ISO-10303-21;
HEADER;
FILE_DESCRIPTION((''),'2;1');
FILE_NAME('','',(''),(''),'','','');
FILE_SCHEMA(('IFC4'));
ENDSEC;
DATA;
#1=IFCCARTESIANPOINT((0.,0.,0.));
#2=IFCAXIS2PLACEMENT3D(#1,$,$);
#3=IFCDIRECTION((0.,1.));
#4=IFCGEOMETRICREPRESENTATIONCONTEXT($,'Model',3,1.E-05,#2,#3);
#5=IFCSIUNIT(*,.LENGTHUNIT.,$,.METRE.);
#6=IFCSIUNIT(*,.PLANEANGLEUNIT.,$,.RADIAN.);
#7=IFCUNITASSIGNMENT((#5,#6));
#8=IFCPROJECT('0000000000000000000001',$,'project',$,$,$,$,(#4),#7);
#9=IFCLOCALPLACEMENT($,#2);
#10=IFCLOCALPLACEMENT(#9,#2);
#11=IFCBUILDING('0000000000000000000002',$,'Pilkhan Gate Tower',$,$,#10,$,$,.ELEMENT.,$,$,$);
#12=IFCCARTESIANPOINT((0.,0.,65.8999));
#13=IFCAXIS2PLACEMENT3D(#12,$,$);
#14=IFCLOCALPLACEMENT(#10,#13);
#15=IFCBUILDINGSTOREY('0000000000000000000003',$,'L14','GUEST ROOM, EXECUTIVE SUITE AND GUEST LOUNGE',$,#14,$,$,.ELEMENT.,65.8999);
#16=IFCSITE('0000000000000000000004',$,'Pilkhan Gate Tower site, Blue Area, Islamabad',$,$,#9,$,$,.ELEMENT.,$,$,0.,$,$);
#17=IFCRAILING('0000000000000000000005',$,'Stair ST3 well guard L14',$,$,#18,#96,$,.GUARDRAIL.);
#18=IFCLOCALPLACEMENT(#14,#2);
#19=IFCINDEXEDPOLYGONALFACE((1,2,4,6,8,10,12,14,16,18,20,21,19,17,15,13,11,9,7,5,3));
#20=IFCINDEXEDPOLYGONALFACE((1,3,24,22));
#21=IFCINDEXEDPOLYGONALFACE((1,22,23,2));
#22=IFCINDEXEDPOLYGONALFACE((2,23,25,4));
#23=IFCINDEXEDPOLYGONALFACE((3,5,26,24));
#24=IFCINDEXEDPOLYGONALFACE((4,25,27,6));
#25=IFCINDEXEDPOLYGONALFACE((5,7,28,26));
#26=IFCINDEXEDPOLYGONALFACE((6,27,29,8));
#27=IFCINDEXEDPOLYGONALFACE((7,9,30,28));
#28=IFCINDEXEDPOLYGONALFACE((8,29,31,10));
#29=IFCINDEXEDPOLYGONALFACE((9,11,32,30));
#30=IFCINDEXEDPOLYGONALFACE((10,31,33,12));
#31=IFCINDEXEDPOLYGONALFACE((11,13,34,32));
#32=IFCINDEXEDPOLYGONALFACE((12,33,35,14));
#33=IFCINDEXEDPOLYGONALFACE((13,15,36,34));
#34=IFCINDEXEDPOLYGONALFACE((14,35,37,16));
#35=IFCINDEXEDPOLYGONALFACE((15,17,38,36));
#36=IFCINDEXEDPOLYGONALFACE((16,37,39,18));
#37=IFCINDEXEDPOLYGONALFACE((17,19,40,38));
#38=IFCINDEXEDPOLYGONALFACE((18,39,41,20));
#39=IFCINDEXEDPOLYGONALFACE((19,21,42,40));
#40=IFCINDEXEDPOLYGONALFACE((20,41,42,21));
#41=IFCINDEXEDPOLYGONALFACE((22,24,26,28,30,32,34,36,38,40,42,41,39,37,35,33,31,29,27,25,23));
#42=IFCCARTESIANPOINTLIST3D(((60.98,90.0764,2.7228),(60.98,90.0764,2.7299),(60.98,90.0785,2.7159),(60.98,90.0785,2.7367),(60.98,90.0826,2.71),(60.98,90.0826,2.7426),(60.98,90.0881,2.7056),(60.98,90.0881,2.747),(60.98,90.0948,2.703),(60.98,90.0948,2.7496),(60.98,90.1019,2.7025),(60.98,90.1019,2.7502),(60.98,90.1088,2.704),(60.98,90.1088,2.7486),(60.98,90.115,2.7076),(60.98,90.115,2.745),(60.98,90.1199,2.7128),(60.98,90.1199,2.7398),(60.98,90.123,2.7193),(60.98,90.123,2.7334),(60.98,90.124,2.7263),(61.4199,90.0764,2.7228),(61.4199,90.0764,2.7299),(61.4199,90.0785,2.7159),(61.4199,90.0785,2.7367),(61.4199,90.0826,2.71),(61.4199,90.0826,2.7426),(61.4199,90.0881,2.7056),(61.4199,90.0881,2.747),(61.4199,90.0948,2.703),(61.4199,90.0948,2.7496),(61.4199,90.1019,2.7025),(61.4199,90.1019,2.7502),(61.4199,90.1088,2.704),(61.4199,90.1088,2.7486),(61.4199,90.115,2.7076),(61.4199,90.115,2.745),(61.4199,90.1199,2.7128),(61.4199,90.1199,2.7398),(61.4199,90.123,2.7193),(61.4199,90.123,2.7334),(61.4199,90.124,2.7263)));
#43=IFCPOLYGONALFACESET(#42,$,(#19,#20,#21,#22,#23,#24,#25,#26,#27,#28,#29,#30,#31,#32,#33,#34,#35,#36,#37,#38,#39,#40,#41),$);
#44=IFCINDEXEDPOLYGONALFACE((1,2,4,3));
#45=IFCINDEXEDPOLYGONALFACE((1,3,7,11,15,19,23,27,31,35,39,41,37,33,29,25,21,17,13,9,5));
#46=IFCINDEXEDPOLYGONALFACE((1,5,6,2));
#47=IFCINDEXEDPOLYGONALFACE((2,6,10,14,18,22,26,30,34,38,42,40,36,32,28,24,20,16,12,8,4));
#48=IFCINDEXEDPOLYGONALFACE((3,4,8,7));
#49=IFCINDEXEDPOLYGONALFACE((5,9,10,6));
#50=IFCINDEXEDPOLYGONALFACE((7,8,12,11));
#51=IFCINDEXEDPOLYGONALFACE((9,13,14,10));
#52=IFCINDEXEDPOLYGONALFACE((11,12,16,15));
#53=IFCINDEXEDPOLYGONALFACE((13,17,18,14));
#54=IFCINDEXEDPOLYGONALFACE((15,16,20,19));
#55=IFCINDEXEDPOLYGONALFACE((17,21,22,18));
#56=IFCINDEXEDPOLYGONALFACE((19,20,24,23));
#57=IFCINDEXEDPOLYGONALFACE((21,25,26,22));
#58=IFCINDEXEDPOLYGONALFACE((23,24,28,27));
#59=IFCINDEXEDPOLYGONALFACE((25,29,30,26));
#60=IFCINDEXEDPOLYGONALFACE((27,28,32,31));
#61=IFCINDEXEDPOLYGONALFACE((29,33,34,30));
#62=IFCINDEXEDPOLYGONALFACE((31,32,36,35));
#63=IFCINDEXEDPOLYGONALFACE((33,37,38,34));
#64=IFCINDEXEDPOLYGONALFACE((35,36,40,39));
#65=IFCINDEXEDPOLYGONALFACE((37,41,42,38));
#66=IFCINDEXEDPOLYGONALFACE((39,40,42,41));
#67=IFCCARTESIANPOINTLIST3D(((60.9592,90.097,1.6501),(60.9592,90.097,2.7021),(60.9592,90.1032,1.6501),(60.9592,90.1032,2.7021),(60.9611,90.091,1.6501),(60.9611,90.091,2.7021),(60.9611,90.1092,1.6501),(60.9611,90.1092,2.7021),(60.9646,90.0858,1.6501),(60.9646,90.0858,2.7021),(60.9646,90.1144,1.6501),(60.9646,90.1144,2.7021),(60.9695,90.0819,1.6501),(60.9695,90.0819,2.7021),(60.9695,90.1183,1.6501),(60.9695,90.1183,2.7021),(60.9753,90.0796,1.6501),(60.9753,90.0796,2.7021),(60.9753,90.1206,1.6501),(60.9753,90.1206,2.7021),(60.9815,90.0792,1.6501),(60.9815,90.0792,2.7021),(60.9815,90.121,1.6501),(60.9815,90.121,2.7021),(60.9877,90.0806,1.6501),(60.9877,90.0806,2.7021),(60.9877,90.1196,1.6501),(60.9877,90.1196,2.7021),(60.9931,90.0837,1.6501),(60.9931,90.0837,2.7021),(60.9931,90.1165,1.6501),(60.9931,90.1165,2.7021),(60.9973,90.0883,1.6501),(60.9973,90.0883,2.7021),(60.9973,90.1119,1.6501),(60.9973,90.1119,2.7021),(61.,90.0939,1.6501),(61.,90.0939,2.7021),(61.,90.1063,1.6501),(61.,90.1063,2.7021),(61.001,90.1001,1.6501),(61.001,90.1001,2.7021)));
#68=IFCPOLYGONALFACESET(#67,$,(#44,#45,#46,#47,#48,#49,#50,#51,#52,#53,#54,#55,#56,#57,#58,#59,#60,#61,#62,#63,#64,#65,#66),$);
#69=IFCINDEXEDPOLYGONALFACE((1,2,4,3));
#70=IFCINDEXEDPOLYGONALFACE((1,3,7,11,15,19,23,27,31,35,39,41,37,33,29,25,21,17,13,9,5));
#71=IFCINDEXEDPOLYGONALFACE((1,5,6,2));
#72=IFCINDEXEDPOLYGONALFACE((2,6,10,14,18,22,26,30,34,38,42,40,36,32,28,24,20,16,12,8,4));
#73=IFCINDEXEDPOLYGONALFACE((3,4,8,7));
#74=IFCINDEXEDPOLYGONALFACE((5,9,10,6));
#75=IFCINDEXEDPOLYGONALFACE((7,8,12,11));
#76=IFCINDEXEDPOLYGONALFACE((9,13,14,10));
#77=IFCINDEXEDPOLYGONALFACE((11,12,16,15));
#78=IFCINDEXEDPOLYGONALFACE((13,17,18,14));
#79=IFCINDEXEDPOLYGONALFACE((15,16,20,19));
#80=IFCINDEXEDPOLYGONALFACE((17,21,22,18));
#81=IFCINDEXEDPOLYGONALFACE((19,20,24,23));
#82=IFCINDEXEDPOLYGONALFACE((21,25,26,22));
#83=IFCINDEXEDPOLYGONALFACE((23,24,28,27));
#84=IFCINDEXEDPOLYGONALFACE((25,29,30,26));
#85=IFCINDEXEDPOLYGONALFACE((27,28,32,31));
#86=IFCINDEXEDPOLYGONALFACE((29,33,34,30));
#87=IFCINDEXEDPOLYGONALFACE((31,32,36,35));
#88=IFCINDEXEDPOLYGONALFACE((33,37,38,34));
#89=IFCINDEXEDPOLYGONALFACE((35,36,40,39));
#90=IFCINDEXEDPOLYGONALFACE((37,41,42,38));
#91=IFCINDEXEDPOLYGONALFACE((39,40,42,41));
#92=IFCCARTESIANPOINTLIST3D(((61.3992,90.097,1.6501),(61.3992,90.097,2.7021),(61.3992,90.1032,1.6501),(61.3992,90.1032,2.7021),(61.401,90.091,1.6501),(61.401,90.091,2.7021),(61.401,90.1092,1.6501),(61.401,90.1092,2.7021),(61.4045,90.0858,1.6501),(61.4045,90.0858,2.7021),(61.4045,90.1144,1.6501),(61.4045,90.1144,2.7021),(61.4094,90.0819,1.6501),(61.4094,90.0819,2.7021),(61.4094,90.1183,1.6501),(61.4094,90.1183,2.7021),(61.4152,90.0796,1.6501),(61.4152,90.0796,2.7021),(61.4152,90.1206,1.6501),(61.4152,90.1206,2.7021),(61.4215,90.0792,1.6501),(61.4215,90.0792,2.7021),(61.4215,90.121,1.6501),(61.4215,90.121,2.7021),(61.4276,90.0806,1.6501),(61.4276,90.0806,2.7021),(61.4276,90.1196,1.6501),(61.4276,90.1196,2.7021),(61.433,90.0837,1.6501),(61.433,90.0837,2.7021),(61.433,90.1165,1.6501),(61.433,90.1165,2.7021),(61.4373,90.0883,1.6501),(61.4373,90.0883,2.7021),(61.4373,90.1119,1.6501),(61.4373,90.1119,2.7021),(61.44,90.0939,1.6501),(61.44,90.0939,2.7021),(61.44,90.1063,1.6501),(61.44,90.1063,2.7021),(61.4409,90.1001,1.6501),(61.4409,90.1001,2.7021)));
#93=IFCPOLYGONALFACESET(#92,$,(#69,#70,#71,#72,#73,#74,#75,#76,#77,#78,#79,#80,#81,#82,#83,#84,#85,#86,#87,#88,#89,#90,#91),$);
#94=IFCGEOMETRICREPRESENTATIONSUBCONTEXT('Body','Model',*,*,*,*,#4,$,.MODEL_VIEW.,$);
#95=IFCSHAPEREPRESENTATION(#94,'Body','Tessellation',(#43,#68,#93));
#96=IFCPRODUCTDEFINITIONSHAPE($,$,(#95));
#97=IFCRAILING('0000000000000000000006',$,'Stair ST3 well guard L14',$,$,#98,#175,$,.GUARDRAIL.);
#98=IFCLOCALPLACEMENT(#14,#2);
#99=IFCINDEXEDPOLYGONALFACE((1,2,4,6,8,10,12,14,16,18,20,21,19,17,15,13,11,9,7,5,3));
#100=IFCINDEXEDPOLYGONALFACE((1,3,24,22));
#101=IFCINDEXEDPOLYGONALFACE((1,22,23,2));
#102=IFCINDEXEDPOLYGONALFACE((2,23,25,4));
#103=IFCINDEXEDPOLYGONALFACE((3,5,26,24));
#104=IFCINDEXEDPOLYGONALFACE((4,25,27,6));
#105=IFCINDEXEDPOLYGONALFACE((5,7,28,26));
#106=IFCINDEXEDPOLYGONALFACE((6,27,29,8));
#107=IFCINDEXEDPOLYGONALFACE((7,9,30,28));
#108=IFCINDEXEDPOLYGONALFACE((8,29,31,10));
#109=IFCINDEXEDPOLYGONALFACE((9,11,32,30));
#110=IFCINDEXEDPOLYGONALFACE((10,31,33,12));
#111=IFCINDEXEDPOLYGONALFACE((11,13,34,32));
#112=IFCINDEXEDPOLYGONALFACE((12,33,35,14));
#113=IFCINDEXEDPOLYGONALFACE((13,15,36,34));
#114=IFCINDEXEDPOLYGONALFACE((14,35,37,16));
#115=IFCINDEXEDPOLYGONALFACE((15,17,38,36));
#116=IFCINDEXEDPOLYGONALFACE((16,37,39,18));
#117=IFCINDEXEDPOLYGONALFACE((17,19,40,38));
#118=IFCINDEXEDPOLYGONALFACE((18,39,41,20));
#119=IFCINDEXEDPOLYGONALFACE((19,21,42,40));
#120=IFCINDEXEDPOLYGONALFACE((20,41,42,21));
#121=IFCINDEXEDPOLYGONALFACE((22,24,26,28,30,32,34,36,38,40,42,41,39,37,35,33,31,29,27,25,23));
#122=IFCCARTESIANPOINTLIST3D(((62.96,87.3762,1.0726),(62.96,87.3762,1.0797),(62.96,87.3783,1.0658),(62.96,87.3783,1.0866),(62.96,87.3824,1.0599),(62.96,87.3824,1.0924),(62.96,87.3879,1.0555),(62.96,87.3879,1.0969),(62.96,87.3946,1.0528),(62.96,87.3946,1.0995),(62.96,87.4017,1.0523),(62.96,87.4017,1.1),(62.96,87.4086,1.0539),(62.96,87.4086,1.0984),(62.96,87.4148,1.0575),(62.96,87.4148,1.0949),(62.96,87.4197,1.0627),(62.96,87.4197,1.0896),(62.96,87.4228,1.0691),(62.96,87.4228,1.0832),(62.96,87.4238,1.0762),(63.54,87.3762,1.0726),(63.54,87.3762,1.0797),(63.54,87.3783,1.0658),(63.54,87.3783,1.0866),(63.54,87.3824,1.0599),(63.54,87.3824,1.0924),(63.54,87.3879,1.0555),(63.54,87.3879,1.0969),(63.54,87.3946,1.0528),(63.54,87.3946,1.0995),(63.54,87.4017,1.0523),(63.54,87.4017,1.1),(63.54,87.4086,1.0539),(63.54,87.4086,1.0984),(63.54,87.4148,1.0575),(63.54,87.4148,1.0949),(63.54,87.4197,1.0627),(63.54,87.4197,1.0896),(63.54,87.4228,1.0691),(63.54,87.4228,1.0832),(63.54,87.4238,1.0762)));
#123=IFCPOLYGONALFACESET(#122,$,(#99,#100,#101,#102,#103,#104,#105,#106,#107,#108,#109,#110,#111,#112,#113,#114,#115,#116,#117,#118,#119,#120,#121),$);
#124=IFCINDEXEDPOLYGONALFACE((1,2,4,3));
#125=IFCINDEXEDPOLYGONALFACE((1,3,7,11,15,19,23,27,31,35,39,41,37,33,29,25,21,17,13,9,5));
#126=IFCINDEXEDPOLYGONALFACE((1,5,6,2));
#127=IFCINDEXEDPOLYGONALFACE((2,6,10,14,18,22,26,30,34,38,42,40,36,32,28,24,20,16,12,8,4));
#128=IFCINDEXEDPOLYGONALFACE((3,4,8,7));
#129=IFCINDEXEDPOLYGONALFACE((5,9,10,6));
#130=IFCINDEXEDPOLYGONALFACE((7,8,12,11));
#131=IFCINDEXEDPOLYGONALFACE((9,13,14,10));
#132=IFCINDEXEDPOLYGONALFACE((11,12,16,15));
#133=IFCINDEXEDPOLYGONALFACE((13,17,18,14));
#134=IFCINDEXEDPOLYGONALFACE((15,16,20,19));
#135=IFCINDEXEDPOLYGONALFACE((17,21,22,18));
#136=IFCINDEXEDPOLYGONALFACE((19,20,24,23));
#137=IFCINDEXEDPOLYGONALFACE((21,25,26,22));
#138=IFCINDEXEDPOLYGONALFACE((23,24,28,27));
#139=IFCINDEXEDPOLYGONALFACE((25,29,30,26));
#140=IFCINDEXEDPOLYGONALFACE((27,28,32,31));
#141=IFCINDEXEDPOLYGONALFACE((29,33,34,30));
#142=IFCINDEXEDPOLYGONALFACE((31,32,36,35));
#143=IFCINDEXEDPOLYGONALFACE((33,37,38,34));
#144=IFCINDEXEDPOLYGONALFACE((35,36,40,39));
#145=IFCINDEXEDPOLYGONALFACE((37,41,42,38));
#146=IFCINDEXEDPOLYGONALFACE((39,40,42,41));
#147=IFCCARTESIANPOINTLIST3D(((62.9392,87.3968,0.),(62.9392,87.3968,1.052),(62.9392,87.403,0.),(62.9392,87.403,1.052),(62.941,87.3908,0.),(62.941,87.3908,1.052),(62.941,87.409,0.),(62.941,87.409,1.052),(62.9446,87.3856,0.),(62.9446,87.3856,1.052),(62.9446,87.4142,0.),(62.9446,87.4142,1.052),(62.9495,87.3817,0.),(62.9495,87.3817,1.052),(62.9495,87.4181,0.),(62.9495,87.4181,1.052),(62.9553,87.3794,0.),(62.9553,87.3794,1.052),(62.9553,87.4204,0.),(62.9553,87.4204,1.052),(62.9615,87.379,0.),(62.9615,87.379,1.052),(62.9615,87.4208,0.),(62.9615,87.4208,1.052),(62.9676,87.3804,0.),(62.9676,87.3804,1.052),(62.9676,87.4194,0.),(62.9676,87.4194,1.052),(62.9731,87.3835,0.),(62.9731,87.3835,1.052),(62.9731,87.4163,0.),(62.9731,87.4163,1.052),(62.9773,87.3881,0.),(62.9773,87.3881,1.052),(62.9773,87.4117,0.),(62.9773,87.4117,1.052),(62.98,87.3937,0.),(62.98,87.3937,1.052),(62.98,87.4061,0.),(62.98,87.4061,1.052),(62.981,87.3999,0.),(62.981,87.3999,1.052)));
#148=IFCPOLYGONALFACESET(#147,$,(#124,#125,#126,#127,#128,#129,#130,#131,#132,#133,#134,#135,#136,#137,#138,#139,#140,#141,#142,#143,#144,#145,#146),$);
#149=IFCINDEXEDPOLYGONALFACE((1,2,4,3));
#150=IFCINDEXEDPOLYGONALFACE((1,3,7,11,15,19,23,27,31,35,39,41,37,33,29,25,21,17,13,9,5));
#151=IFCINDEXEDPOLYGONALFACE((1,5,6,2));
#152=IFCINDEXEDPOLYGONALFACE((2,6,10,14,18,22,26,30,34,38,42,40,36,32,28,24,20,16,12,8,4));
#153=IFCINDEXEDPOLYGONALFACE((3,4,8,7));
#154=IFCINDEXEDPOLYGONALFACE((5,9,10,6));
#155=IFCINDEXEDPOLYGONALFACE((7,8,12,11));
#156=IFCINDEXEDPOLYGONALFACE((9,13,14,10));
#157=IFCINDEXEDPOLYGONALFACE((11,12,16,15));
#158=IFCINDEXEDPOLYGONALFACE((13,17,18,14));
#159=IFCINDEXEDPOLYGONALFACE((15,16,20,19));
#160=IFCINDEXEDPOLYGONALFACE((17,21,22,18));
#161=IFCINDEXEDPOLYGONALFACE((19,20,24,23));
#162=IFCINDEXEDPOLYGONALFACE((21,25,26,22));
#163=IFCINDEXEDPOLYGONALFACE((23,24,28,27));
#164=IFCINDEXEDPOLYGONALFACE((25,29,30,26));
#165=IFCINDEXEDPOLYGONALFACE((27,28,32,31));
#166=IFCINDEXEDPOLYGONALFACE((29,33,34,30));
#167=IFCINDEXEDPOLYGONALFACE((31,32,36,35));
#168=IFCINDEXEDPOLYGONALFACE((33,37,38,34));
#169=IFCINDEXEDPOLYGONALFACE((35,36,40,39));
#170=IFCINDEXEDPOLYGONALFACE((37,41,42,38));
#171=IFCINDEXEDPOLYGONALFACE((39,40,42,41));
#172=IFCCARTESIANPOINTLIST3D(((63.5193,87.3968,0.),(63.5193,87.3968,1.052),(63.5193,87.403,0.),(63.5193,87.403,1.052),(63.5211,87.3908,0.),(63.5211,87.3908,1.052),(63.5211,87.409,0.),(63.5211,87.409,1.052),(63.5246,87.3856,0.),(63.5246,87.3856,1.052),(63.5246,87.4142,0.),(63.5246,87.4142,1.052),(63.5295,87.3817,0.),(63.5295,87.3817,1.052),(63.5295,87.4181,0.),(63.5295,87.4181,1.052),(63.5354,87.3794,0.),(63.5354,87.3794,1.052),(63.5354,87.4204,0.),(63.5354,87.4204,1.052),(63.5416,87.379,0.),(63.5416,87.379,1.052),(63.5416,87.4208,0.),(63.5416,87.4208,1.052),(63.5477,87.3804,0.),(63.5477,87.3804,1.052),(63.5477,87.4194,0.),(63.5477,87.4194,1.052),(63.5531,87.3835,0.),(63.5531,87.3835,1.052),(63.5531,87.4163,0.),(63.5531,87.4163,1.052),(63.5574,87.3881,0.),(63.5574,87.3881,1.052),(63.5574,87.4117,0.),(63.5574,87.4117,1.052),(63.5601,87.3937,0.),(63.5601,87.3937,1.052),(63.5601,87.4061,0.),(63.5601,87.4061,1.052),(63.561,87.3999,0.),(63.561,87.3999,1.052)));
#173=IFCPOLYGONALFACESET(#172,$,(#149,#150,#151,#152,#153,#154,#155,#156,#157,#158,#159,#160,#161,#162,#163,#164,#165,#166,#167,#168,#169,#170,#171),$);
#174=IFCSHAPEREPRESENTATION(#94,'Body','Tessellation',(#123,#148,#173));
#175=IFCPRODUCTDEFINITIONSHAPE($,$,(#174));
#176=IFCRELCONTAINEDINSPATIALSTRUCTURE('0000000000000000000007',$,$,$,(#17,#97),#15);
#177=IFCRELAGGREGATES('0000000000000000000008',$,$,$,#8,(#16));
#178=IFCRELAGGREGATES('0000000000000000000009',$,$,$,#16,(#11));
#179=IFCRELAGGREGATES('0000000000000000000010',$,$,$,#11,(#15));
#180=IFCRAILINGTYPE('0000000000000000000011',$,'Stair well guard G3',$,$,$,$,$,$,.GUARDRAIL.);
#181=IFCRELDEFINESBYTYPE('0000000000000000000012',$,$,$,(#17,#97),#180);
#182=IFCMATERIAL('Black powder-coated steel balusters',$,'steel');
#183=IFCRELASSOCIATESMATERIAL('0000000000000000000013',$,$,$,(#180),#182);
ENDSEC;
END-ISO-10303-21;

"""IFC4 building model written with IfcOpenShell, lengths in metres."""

from ifc_helpers import new_model, si_unit, direction, frame, origin, origin_2d, place, context, subcontext, project, spatial, circle, extrude, material, type_object, element, save


model = new_model("IFC4")

# Units and contexts
model_context = context("Model", 3, precision=1e-05, world=origin(), true_north=direction((0.0, 1.0)))
body_context = subcontext(model_context, "Body", "Model", "MODEL_VIEW")
ifc_project = project(units=[si_unit("LENGTHUNIT", "METRE"), si_unit("PLANEANGLEUNIT", "RADIAN")], contexts=[model_context])

# Site, building, storey
site_placement = place(None, origin())
site = spatial("IfcSite", under=ifc_project, at=site_placement, Name="Pilkhan Gate Tower site, Blue Area, Islamabad", CompositionType="ELEMENT", RefElevation=0.0)
building_placement = place(site_placement, origin())
building = spatial("IfcBuilding", under=site, at=building_placement, Name="Pilkhan Gate Tower", CompositionType="ELEMENT")
storey_placement = place(building_placement, frame((0.0, 0.0, 65.8999)))
storey = spatial("IfcBuildingStorey", under=building, at=storey_placement, Name="L14", Description="GUEST ROOM, EXECUTIVE SUITE AND GUEST LOUNGE", CompositionType="ELEMENT", Elevation=65.8999)

# Railings
ifc_material_1 = material(Name="Black powder-coated steel balusters", Category="steel")
railing_type_1 = type_object("IfcRailingType", Name="Stair well guard G3", PredefinedType="GUARDRAIL", material=ifc_material_1)
railing_1_placement = place(storey_placement, frame((60.98, 90.1001, 1.6501)))
element("IfcRailing", 1, at=railing_1_placement, inside=storey, type_object=railing_type_1, Name="Stair ST3 well guard L14", PredefinedType="GUARDRAIL", context=body_context, shape_type="SweptSolid", body=[
    extrude(circle(Radius=0.0239, at=origin_2d()), frame((0.0, 0.0, 1.0762), z_axis=(1.0, 0.0, 0.0), x_axis=(0.0, 1.0, 0.0)), (0.0, 0.0, 1.0), 0.4399),
    extrude(circle(Radius=0.021, at=origin_2d()), origin(), (0.0, 0.0, 1.0), 1.052),
    extrude(circle(Radius=0.021, at=origin_2d()), frame((0.4399, 0.0, 0.0)), (0.0, 0.0, 1.0), 1.052),
])
for number, where, name in (
    (2, (62.96, 87.3999, 0.0), "Stair ST3 well guard L14"),
):
    element("IfcRailing", number, at=place(storey_placement, frame(where)), inside=storey, type_object=railing_type_1, Name=name, PredefinedType="GUARDRAIL", context=body_context, shape_type="SweptSolid", body=[
        extrude(circle(Radius=0.0239, at=origin_2d()), frame((0.0, 0.0, 1.0762), z_axis=(1.0, 0.0, 0.0), x_axis=(0.0, 1.0, 0.0)), (0.0, 0.0, 1.0), 0.5801),
        extrude(circle(Radius=0.021, at=origin_2d()), origin(), (0.0, 0.0, 1.0), 1.052),
        extrude(circle(Radius=0.021, at=origin_2d()), frame((0.5801, 0.0, 0.0)), (0.0, 0.0, 1.0), 1.052),
    ])

save(model, "model.ifc")
